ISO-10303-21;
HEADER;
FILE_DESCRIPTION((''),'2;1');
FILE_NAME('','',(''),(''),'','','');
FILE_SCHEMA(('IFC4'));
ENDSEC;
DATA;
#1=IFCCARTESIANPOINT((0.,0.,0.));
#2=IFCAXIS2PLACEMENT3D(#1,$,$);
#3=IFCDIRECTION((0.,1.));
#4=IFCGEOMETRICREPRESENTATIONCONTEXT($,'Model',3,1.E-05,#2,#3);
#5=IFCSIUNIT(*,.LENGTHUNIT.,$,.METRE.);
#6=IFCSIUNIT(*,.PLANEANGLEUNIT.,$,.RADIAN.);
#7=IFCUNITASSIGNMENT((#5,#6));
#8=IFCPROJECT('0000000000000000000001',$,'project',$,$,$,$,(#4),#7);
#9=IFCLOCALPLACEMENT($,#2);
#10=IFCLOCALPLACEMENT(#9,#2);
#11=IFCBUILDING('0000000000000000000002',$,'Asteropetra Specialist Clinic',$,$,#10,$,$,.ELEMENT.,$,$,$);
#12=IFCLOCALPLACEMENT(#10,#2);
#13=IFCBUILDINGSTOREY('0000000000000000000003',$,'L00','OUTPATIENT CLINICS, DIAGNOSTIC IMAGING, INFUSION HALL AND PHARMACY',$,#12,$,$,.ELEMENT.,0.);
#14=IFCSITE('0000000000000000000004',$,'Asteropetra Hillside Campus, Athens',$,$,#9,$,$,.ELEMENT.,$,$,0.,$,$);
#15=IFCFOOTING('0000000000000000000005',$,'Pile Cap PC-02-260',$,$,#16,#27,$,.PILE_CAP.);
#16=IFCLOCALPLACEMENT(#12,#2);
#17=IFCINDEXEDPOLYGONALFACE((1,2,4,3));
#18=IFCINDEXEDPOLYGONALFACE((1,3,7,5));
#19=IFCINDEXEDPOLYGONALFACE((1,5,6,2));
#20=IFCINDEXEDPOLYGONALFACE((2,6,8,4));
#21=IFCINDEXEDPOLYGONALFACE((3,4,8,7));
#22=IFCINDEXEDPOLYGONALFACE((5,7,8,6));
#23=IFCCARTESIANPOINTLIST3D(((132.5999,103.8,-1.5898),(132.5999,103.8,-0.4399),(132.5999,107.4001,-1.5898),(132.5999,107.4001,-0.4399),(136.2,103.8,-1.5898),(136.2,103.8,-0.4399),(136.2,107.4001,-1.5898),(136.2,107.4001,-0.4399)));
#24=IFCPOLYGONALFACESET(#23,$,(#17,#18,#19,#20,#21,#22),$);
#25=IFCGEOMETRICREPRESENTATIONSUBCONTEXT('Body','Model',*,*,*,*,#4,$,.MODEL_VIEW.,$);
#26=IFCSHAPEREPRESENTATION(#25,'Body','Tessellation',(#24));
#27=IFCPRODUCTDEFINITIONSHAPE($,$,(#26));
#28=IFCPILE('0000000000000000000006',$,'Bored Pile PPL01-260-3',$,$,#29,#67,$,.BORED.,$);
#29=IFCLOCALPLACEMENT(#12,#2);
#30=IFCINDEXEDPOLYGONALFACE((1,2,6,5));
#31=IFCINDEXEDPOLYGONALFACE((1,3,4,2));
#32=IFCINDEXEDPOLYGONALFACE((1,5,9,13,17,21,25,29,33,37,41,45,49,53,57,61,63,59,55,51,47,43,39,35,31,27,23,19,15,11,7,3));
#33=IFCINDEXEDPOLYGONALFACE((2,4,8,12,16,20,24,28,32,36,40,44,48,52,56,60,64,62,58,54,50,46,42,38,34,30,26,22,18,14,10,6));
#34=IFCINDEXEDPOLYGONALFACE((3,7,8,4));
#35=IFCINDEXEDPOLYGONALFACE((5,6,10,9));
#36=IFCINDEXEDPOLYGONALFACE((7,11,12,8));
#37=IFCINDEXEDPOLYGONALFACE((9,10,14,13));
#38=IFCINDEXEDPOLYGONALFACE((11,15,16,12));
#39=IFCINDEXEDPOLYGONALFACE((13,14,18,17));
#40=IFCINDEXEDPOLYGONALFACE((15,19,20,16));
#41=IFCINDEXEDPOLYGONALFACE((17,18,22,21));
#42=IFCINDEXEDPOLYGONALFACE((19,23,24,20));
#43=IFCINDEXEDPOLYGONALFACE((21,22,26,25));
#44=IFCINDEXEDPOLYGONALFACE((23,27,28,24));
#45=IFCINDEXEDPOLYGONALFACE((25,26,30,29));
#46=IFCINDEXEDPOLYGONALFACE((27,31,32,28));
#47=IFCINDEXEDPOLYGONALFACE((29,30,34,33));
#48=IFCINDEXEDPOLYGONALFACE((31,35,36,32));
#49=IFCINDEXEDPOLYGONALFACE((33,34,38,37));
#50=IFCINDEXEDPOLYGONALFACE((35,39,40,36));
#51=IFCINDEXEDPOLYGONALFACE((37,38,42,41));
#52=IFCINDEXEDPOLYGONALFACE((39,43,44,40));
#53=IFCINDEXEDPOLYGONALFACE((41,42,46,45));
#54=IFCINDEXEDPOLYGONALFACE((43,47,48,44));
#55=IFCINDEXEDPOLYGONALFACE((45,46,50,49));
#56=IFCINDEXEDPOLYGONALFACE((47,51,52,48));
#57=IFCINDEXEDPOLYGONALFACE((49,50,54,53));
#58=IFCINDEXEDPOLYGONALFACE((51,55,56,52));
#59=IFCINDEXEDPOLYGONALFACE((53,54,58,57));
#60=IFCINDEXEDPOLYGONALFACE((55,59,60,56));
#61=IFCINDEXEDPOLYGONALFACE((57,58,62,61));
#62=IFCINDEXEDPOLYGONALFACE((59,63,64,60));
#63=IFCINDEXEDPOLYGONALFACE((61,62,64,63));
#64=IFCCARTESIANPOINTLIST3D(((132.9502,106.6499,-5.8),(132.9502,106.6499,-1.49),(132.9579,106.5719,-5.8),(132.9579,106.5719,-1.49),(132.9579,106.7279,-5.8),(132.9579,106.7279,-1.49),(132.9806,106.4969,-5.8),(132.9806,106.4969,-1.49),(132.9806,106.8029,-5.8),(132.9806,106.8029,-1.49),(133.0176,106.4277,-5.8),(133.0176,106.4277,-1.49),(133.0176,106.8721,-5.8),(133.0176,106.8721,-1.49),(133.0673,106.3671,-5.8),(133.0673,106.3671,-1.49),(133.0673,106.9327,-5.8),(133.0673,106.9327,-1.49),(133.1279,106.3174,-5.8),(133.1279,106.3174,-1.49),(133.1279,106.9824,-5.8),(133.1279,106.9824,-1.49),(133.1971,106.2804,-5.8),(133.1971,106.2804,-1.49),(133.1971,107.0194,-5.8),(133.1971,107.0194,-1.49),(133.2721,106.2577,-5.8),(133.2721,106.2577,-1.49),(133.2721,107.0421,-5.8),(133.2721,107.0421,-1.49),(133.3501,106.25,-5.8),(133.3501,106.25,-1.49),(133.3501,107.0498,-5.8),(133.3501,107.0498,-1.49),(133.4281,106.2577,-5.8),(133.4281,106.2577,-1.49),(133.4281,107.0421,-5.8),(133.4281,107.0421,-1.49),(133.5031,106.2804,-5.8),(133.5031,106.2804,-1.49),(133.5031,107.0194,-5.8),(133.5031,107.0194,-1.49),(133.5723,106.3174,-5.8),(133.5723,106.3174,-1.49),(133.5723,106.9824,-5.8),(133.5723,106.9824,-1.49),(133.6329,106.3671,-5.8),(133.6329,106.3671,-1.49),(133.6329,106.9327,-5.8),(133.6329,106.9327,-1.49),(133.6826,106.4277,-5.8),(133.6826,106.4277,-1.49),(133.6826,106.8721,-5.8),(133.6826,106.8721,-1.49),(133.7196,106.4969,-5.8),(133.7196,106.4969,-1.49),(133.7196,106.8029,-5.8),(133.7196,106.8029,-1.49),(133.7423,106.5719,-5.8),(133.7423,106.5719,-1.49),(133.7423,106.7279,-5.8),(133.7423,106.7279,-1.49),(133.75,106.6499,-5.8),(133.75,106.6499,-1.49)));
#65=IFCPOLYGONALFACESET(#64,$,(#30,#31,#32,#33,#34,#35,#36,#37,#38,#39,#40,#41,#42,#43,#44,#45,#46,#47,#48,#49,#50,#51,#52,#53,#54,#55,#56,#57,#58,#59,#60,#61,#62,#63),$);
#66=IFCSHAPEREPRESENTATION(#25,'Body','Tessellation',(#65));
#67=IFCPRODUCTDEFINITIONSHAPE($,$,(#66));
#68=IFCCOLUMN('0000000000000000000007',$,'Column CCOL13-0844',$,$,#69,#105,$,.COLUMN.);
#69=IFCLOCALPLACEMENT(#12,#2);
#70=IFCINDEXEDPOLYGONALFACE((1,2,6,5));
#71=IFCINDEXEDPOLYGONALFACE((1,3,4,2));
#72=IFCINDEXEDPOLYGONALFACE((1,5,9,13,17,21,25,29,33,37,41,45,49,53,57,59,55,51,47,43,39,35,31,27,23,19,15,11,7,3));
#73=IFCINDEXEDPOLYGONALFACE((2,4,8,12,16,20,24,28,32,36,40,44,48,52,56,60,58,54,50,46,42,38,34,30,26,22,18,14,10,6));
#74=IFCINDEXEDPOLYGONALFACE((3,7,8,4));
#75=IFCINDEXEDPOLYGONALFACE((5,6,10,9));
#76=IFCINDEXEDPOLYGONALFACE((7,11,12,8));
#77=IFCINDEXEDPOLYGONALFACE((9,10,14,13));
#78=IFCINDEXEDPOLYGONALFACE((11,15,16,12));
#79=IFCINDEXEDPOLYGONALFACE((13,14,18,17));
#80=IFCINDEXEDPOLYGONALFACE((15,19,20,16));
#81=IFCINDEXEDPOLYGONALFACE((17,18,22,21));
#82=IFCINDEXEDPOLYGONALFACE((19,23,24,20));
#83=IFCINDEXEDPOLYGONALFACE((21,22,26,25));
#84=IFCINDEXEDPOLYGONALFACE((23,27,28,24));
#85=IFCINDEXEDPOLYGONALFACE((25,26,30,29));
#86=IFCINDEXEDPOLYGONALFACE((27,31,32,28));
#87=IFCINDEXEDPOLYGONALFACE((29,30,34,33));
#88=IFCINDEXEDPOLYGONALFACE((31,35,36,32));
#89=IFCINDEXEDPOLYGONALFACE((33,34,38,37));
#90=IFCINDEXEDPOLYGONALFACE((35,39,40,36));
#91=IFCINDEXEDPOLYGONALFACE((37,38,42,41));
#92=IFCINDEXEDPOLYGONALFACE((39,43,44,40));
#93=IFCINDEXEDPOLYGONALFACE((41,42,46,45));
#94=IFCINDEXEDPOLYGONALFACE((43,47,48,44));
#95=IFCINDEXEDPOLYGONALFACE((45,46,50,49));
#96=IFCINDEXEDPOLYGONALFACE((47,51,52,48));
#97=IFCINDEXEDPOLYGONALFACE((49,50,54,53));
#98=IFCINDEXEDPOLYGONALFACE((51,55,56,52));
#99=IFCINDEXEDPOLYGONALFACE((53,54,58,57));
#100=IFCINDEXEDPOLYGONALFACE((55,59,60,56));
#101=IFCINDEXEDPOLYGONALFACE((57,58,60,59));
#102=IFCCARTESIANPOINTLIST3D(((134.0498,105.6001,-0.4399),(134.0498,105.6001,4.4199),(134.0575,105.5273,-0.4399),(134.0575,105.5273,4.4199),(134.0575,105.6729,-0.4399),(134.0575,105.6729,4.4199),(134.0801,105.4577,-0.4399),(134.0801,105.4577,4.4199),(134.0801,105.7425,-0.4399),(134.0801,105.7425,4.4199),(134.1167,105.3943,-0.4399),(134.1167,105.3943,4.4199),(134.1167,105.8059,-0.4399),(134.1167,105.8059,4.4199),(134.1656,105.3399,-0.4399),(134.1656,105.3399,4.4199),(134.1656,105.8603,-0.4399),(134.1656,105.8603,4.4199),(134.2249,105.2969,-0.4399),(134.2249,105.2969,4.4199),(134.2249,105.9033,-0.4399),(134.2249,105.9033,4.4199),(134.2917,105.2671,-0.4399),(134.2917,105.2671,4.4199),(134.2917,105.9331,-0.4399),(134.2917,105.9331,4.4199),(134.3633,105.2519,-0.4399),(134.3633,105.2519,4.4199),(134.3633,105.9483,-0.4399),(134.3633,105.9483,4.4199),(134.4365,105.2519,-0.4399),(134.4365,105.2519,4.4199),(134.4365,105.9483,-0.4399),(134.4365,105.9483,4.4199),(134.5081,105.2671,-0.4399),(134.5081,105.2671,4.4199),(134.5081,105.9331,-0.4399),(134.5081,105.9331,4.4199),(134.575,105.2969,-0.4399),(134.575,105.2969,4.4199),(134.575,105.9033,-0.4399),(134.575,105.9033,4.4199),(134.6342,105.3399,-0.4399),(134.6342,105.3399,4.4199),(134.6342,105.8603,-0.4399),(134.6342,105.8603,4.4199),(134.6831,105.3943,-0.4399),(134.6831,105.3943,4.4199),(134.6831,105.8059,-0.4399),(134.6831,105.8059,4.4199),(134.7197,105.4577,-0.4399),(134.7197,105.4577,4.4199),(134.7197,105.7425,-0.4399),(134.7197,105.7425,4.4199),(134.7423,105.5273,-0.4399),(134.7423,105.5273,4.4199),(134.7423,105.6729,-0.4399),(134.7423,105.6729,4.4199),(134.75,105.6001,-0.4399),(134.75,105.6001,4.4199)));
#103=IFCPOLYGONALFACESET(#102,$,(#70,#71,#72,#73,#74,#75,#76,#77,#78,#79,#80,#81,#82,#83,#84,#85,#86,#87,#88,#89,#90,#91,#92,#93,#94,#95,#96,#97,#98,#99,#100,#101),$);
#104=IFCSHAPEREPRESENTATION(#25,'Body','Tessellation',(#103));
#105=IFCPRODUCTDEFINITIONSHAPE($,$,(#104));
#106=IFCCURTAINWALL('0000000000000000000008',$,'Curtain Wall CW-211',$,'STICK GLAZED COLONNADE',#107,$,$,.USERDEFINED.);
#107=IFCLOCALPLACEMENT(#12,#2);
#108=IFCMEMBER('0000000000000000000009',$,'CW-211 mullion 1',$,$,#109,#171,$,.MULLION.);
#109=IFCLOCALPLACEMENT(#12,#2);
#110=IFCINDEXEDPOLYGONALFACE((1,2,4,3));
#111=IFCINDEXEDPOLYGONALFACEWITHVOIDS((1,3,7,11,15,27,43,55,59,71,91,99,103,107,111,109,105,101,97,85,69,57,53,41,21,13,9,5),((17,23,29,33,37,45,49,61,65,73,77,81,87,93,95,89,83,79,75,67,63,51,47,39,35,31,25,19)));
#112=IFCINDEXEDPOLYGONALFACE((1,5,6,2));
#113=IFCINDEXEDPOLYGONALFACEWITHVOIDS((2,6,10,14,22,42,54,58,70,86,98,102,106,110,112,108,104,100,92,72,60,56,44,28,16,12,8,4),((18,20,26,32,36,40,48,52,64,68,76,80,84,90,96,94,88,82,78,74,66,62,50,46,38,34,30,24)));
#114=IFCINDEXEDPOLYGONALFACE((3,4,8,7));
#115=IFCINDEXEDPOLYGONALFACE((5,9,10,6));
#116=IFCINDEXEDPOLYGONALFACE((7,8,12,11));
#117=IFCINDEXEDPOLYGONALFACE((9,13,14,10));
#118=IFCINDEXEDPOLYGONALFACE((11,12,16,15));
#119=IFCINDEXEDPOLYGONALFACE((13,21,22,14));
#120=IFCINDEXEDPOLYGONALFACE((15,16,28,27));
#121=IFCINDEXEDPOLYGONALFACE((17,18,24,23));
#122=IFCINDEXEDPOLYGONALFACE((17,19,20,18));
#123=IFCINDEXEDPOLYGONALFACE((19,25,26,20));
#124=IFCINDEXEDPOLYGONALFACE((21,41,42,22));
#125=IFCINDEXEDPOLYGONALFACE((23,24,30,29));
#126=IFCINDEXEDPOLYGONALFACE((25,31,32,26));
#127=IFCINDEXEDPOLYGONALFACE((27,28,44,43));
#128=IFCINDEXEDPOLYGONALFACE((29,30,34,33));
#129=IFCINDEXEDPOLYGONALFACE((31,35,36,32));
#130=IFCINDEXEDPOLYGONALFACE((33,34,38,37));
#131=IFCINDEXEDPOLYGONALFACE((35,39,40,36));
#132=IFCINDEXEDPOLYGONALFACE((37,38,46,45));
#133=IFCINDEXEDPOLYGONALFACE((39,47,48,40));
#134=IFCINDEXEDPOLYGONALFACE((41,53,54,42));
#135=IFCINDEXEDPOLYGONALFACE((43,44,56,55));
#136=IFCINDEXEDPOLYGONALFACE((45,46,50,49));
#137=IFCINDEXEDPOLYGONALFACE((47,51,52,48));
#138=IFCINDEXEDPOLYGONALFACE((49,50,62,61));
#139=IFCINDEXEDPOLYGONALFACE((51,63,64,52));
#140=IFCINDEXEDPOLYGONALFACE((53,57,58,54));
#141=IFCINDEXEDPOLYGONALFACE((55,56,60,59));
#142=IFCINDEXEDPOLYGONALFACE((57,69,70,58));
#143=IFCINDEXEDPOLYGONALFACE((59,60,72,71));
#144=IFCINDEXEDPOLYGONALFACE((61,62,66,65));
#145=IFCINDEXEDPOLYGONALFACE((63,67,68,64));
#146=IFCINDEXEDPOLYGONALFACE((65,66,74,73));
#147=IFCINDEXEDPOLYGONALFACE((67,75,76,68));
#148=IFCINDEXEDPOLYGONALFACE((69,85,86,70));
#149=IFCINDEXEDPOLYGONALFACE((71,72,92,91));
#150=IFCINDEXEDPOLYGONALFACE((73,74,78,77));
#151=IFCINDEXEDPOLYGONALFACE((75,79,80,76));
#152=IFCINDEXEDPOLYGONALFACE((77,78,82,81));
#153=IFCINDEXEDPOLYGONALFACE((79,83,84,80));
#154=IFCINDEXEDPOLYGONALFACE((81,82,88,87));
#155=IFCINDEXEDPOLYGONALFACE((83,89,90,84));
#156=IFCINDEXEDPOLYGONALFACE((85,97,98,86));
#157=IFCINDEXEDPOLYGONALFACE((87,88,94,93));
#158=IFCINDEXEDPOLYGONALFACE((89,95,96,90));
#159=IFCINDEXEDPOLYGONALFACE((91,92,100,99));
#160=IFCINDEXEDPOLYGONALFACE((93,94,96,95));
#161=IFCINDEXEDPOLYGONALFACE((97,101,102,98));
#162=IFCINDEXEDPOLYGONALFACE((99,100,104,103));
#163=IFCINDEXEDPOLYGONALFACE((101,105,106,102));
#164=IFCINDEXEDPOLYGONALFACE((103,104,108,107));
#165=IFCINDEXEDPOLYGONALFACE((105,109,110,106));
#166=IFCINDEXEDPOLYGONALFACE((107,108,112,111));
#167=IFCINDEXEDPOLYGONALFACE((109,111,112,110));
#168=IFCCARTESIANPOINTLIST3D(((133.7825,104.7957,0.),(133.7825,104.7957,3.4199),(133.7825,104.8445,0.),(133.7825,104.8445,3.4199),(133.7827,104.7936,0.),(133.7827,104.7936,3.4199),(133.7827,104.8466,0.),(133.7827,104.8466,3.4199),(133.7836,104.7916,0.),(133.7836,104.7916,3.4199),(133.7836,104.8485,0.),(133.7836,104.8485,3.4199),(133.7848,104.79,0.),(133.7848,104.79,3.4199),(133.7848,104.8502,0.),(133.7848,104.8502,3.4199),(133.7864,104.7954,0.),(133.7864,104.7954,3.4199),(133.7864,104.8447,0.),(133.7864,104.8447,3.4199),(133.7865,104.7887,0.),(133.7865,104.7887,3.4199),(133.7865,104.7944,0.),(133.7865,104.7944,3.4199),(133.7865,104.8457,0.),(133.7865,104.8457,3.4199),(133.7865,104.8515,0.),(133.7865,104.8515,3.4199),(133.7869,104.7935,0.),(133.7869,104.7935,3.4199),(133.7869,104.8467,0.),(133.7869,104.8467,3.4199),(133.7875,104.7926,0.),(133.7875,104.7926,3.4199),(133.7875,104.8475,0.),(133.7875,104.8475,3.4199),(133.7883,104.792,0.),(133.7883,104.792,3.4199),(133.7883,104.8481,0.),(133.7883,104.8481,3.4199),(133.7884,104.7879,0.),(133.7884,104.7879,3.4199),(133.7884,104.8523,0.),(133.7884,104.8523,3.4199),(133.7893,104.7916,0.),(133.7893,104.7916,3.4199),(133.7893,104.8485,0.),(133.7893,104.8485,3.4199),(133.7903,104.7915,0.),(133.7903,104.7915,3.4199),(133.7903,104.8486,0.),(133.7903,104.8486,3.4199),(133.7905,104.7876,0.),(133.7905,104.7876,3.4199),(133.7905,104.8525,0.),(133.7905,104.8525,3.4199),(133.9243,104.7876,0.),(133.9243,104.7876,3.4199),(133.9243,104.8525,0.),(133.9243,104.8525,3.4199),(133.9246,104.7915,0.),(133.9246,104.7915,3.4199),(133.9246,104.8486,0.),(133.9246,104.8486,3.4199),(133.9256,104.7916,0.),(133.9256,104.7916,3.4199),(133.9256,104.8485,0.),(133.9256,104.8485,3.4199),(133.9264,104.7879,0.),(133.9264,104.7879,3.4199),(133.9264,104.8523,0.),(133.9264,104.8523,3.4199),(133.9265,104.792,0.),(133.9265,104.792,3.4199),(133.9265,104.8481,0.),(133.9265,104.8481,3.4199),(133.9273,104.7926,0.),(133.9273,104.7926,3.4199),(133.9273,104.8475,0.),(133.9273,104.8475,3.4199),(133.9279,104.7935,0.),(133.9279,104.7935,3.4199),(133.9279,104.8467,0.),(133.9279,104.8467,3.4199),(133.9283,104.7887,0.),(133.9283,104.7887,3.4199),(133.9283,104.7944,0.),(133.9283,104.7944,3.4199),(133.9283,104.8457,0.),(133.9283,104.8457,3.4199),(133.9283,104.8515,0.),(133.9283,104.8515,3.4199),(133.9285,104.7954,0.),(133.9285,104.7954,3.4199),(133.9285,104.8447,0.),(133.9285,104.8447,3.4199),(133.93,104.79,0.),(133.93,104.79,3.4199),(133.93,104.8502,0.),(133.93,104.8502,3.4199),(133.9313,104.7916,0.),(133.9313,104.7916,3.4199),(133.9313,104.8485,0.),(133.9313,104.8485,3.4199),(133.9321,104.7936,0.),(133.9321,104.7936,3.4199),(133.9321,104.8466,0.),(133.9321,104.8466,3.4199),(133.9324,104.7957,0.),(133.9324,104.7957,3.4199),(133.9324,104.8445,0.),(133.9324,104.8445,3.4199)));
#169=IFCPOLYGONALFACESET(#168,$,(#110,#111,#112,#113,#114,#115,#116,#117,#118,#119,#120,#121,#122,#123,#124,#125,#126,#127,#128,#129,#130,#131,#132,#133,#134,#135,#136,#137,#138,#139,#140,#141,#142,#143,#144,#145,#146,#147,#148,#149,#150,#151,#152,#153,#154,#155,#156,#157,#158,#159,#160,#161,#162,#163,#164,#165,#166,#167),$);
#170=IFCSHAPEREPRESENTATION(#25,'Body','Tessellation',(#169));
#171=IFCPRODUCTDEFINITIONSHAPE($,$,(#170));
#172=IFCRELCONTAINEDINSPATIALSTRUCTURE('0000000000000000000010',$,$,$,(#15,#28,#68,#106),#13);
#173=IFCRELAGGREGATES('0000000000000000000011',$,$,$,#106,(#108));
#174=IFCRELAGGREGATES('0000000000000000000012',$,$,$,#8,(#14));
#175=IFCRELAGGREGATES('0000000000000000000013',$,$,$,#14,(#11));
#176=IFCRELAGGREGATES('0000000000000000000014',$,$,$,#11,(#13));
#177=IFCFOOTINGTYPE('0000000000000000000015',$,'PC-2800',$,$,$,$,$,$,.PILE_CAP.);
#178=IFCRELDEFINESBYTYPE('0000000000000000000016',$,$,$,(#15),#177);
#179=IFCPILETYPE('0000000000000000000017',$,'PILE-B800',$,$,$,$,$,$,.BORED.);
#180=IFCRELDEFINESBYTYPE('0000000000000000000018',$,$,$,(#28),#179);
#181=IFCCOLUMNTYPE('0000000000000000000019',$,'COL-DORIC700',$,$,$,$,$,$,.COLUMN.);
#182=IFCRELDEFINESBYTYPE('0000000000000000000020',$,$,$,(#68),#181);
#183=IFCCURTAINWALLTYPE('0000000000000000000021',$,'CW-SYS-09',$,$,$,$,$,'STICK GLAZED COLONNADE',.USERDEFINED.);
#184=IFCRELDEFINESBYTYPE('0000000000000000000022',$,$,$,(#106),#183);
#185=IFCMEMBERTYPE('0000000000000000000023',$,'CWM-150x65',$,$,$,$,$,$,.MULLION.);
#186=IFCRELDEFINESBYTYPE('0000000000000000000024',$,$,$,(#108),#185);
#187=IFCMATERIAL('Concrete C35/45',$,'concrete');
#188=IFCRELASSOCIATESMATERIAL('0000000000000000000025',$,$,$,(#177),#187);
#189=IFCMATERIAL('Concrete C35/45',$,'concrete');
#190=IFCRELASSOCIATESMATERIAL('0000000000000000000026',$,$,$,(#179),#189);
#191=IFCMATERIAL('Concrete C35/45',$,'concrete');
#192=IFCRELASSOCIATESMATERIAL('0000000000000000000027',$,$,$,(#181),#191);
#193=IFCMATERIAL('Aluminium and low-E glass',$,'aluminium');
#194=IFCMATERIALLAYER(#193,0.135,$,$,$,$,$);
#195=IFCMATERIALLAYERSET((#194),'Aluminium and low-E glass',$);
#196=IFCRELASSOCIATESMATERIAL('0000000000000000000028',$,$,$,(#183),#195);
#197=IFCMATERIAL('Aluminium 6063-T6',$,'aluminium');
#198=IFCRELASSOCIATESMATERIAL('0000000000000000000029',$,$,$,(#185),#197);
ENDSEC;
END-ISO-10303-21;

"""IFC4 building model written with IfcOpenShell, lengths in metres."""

from ifc_helpers import new_model, si_unit, direction, frame, origin, origin_2d, place, context, subcontext, project, spatial, rectangle, hollow_rectangle, circle, extrude, material, layer, layer_set, material_profile, profile_set, type_object, element, aggregate, save


model = new_model("IFC4")

# Units and contexts
model_context = context("Model", 3, precision=1e-05, world=origin(), true_north=direction((0.0, 1.0)))
body_context = subcontext(model_context, "Body", "Model", "MODEL_VIEW")
ifc_project = project(units=[si_unit("LENGTHUNIT", "METRE"), si_unit("PLANEANGLEUNIT", "RADIAN")], contexts=[model_context])

# Site, building, storey
site_placement = place(None, origin())
site = spatial("IfcSite", under=ifc_project, at=site_placement, Name="Asteropetra Hillside Campus, Athens", CompositionType="ELEMENT", RefElevation=0.0)
building_placement = place(site_placement, origin())
building = spatial("IfcBuilding", under=site, at=building_placement, Name="Asteropetra Specialist Clinic", CompositionType="ELEMENT")
storey_placement = place(building_placement, origin())
storey = spatial("IfcBuildingStorey", under=building, at=storey_placement, Name="L00", Description="OUTPATIENT CLINICS, DIAGNOSTIC IMAGING, INFUSION HALL AND PHARMACY", CompositionType="ELEMENT", Elevation=0.0)

# Footing
ifc_material_1 = material(Name="Concrete C35/45", Category="concrete")
footing_type = type_object("IfcFootingType", Name="PC-2800", PredefinedType="PILE_CAP", material=ifc_material_1)
footing_placement = place(storey_placement, frame((134.3999, 105.6001, -1.5898), z_axis=(0.0, 0.0, 1.0), x_axis=(1.0, 0.0, 0.0)))
element("IfcFooting", 1, at=footing_placement, inside=storey, type_object=footing_type, Name="Pile Cap PC-02-260", PredefinedType="PILE_CAP", context=body_context, shape_type="SweptSolid", body=[
    extrude(rectangle(XDim=3.6001, YDim=3.6001, at=origin_2d()), origin(), (0.0, 0.0, 1.0), 1.1499),
])

# Pile
ifc_material_2 = material(Name="Concrete C35/45", Category="concrete")
ifc_material_profile_1 = material_profile(ifc_material_2, circle(Radius=0.3999, at=origin_2d()), Name="PILE D800")
ifc_profile_set_1 = profile_set([ifc_material_profile_1], Name="Concrete C35/45")
pile_type = type_object("IfcPileType", Name="PILE-B800", PredefinedType="BORED", material=ifc_profile_set_1)
pile_placement = place(storey_placement, frame((133.3501, 106.6499, -1.49), z_axis=(0.0, 0.0, -1.0), x_axis=(1.0, 0.0, 0.0)))
element("IfcPile", 2, at=pile_placement, inside=storey, type_object=pile_type, Name="Bored Pile PPL01-260-3", PredefinedType="BORED", context=body_context, shape_type="SweptSolid", body=[
    extrude(circle(Radius=0.3999, at=origin_2d()), origin(), (0.0, 0.0, 1.0), 4.3101),
])

# Column
ifc_material_3 = material(Name="Concrete C35/45", Category="concrete")
ifc_material_profile_2 = material_profile(ifc_material_3, circle(Radius=0.3501, at=origin_2d()), Name="RCC D700")
ifc_profile_set_2 = profile_set([ifc_material_profile_2], Name="Concrete C35/45")
column_type = type_object("IfcColumnType", Name="COL-DORIC700", PredefinedType="COLUMN", material=ifc_profile_set_2)
column_placement = place(storey_placement, frame((134.3999, 105.6001, -0.4399), z_axis=(0.0, 0.0, 1.0), x_axis=(1.0, 0.0, 0.0)))
element("IfcColumn", 3, at=column_placement, inside=storey, type_object=column_type, Name="Column CCOL13-0844", PredefinedType="COLUMN", context=body_context, shape_type="SweptSolid", body=[
    extrude(circle(Radius=0.3501, at=origin_2d()), origin(), (0.0, 0.0, 1.0), 4.8599),
])

# Curtain wall, member
ifc_material_4 = material(Name="Aluminium and low-E glass", Category="aluminium")
ifc_layer_1 = layer(ifc_material_4, 0.135)
ifc_layer_set_1 = layer_set([ifc_layer_1], Name="Aluminium and low-E glass")
curtain_wall_type = type_object("IfcCurtainWallType", Name="CW-SYS-09", ElementType="STICK GLAZED COLONNADE", PredefinedType="USERDEFINED", material=ifc_layer_set_1)
curtain_wall_placement = place(storey_placement, origin())
curtain_wall = element("IfcCurtainWall", 4, at=curtain_wall_placement, inside=storey, type_object=curtain_wall_type, Name="Curtain Wall CW-211", ObjectType="STICK GLAZED COLONNADE", PredefinedType="USERDEFINED")
ifc_material_5 = material(Name="Aluminium 6063-T6", Category="aluminium")
ifc_material_profile_3 = material_profile(ifc_material_5, hollow_rectangle(XDim=0.0649, YDim=0.1499, WallThickness=0.0039, InnerFilletRadius=0.0039, OuterFilletRadius=0.0081, at=origin_2d()), Name="MUL 150x65x4.0")
ifc_profile_set_3 = profile_set([ifc_material_profile_3], Name="Aluminium 6063-T6")
member_type_1 = type_object("IfcMemberType", Name="CWM-150x65", PredefinedType="MULLION", material=ifc_profile_set_3)
member_1_placement = place(storey_placement, frame((133.8574, 104.8201, 0.0), z_axis=(0.0, 0.0, 1.0), x_axis=(0.0, -1.0, 0.0)))
member_1 = element("IfcMember", 5, at=member_1_placement, type_object=member_type_1, Name="CW-211 mullion 1", PredefinedType="MULLION", context=body_context, shape_type="SweptSolid", body=[
    extrude(hollow_rectangle(XDim=0.0649, YDim=0.1499, WallThickness=0.0039, InnerFilletRadius=0.0039, OuterFilletRadius=0.0081, at=origin_2d()), origin(), (0.0, 0.0, 1.0), 3.4199),
])
aggregate(curtain_wall, [member_1])

save(model, "model.ifc")
